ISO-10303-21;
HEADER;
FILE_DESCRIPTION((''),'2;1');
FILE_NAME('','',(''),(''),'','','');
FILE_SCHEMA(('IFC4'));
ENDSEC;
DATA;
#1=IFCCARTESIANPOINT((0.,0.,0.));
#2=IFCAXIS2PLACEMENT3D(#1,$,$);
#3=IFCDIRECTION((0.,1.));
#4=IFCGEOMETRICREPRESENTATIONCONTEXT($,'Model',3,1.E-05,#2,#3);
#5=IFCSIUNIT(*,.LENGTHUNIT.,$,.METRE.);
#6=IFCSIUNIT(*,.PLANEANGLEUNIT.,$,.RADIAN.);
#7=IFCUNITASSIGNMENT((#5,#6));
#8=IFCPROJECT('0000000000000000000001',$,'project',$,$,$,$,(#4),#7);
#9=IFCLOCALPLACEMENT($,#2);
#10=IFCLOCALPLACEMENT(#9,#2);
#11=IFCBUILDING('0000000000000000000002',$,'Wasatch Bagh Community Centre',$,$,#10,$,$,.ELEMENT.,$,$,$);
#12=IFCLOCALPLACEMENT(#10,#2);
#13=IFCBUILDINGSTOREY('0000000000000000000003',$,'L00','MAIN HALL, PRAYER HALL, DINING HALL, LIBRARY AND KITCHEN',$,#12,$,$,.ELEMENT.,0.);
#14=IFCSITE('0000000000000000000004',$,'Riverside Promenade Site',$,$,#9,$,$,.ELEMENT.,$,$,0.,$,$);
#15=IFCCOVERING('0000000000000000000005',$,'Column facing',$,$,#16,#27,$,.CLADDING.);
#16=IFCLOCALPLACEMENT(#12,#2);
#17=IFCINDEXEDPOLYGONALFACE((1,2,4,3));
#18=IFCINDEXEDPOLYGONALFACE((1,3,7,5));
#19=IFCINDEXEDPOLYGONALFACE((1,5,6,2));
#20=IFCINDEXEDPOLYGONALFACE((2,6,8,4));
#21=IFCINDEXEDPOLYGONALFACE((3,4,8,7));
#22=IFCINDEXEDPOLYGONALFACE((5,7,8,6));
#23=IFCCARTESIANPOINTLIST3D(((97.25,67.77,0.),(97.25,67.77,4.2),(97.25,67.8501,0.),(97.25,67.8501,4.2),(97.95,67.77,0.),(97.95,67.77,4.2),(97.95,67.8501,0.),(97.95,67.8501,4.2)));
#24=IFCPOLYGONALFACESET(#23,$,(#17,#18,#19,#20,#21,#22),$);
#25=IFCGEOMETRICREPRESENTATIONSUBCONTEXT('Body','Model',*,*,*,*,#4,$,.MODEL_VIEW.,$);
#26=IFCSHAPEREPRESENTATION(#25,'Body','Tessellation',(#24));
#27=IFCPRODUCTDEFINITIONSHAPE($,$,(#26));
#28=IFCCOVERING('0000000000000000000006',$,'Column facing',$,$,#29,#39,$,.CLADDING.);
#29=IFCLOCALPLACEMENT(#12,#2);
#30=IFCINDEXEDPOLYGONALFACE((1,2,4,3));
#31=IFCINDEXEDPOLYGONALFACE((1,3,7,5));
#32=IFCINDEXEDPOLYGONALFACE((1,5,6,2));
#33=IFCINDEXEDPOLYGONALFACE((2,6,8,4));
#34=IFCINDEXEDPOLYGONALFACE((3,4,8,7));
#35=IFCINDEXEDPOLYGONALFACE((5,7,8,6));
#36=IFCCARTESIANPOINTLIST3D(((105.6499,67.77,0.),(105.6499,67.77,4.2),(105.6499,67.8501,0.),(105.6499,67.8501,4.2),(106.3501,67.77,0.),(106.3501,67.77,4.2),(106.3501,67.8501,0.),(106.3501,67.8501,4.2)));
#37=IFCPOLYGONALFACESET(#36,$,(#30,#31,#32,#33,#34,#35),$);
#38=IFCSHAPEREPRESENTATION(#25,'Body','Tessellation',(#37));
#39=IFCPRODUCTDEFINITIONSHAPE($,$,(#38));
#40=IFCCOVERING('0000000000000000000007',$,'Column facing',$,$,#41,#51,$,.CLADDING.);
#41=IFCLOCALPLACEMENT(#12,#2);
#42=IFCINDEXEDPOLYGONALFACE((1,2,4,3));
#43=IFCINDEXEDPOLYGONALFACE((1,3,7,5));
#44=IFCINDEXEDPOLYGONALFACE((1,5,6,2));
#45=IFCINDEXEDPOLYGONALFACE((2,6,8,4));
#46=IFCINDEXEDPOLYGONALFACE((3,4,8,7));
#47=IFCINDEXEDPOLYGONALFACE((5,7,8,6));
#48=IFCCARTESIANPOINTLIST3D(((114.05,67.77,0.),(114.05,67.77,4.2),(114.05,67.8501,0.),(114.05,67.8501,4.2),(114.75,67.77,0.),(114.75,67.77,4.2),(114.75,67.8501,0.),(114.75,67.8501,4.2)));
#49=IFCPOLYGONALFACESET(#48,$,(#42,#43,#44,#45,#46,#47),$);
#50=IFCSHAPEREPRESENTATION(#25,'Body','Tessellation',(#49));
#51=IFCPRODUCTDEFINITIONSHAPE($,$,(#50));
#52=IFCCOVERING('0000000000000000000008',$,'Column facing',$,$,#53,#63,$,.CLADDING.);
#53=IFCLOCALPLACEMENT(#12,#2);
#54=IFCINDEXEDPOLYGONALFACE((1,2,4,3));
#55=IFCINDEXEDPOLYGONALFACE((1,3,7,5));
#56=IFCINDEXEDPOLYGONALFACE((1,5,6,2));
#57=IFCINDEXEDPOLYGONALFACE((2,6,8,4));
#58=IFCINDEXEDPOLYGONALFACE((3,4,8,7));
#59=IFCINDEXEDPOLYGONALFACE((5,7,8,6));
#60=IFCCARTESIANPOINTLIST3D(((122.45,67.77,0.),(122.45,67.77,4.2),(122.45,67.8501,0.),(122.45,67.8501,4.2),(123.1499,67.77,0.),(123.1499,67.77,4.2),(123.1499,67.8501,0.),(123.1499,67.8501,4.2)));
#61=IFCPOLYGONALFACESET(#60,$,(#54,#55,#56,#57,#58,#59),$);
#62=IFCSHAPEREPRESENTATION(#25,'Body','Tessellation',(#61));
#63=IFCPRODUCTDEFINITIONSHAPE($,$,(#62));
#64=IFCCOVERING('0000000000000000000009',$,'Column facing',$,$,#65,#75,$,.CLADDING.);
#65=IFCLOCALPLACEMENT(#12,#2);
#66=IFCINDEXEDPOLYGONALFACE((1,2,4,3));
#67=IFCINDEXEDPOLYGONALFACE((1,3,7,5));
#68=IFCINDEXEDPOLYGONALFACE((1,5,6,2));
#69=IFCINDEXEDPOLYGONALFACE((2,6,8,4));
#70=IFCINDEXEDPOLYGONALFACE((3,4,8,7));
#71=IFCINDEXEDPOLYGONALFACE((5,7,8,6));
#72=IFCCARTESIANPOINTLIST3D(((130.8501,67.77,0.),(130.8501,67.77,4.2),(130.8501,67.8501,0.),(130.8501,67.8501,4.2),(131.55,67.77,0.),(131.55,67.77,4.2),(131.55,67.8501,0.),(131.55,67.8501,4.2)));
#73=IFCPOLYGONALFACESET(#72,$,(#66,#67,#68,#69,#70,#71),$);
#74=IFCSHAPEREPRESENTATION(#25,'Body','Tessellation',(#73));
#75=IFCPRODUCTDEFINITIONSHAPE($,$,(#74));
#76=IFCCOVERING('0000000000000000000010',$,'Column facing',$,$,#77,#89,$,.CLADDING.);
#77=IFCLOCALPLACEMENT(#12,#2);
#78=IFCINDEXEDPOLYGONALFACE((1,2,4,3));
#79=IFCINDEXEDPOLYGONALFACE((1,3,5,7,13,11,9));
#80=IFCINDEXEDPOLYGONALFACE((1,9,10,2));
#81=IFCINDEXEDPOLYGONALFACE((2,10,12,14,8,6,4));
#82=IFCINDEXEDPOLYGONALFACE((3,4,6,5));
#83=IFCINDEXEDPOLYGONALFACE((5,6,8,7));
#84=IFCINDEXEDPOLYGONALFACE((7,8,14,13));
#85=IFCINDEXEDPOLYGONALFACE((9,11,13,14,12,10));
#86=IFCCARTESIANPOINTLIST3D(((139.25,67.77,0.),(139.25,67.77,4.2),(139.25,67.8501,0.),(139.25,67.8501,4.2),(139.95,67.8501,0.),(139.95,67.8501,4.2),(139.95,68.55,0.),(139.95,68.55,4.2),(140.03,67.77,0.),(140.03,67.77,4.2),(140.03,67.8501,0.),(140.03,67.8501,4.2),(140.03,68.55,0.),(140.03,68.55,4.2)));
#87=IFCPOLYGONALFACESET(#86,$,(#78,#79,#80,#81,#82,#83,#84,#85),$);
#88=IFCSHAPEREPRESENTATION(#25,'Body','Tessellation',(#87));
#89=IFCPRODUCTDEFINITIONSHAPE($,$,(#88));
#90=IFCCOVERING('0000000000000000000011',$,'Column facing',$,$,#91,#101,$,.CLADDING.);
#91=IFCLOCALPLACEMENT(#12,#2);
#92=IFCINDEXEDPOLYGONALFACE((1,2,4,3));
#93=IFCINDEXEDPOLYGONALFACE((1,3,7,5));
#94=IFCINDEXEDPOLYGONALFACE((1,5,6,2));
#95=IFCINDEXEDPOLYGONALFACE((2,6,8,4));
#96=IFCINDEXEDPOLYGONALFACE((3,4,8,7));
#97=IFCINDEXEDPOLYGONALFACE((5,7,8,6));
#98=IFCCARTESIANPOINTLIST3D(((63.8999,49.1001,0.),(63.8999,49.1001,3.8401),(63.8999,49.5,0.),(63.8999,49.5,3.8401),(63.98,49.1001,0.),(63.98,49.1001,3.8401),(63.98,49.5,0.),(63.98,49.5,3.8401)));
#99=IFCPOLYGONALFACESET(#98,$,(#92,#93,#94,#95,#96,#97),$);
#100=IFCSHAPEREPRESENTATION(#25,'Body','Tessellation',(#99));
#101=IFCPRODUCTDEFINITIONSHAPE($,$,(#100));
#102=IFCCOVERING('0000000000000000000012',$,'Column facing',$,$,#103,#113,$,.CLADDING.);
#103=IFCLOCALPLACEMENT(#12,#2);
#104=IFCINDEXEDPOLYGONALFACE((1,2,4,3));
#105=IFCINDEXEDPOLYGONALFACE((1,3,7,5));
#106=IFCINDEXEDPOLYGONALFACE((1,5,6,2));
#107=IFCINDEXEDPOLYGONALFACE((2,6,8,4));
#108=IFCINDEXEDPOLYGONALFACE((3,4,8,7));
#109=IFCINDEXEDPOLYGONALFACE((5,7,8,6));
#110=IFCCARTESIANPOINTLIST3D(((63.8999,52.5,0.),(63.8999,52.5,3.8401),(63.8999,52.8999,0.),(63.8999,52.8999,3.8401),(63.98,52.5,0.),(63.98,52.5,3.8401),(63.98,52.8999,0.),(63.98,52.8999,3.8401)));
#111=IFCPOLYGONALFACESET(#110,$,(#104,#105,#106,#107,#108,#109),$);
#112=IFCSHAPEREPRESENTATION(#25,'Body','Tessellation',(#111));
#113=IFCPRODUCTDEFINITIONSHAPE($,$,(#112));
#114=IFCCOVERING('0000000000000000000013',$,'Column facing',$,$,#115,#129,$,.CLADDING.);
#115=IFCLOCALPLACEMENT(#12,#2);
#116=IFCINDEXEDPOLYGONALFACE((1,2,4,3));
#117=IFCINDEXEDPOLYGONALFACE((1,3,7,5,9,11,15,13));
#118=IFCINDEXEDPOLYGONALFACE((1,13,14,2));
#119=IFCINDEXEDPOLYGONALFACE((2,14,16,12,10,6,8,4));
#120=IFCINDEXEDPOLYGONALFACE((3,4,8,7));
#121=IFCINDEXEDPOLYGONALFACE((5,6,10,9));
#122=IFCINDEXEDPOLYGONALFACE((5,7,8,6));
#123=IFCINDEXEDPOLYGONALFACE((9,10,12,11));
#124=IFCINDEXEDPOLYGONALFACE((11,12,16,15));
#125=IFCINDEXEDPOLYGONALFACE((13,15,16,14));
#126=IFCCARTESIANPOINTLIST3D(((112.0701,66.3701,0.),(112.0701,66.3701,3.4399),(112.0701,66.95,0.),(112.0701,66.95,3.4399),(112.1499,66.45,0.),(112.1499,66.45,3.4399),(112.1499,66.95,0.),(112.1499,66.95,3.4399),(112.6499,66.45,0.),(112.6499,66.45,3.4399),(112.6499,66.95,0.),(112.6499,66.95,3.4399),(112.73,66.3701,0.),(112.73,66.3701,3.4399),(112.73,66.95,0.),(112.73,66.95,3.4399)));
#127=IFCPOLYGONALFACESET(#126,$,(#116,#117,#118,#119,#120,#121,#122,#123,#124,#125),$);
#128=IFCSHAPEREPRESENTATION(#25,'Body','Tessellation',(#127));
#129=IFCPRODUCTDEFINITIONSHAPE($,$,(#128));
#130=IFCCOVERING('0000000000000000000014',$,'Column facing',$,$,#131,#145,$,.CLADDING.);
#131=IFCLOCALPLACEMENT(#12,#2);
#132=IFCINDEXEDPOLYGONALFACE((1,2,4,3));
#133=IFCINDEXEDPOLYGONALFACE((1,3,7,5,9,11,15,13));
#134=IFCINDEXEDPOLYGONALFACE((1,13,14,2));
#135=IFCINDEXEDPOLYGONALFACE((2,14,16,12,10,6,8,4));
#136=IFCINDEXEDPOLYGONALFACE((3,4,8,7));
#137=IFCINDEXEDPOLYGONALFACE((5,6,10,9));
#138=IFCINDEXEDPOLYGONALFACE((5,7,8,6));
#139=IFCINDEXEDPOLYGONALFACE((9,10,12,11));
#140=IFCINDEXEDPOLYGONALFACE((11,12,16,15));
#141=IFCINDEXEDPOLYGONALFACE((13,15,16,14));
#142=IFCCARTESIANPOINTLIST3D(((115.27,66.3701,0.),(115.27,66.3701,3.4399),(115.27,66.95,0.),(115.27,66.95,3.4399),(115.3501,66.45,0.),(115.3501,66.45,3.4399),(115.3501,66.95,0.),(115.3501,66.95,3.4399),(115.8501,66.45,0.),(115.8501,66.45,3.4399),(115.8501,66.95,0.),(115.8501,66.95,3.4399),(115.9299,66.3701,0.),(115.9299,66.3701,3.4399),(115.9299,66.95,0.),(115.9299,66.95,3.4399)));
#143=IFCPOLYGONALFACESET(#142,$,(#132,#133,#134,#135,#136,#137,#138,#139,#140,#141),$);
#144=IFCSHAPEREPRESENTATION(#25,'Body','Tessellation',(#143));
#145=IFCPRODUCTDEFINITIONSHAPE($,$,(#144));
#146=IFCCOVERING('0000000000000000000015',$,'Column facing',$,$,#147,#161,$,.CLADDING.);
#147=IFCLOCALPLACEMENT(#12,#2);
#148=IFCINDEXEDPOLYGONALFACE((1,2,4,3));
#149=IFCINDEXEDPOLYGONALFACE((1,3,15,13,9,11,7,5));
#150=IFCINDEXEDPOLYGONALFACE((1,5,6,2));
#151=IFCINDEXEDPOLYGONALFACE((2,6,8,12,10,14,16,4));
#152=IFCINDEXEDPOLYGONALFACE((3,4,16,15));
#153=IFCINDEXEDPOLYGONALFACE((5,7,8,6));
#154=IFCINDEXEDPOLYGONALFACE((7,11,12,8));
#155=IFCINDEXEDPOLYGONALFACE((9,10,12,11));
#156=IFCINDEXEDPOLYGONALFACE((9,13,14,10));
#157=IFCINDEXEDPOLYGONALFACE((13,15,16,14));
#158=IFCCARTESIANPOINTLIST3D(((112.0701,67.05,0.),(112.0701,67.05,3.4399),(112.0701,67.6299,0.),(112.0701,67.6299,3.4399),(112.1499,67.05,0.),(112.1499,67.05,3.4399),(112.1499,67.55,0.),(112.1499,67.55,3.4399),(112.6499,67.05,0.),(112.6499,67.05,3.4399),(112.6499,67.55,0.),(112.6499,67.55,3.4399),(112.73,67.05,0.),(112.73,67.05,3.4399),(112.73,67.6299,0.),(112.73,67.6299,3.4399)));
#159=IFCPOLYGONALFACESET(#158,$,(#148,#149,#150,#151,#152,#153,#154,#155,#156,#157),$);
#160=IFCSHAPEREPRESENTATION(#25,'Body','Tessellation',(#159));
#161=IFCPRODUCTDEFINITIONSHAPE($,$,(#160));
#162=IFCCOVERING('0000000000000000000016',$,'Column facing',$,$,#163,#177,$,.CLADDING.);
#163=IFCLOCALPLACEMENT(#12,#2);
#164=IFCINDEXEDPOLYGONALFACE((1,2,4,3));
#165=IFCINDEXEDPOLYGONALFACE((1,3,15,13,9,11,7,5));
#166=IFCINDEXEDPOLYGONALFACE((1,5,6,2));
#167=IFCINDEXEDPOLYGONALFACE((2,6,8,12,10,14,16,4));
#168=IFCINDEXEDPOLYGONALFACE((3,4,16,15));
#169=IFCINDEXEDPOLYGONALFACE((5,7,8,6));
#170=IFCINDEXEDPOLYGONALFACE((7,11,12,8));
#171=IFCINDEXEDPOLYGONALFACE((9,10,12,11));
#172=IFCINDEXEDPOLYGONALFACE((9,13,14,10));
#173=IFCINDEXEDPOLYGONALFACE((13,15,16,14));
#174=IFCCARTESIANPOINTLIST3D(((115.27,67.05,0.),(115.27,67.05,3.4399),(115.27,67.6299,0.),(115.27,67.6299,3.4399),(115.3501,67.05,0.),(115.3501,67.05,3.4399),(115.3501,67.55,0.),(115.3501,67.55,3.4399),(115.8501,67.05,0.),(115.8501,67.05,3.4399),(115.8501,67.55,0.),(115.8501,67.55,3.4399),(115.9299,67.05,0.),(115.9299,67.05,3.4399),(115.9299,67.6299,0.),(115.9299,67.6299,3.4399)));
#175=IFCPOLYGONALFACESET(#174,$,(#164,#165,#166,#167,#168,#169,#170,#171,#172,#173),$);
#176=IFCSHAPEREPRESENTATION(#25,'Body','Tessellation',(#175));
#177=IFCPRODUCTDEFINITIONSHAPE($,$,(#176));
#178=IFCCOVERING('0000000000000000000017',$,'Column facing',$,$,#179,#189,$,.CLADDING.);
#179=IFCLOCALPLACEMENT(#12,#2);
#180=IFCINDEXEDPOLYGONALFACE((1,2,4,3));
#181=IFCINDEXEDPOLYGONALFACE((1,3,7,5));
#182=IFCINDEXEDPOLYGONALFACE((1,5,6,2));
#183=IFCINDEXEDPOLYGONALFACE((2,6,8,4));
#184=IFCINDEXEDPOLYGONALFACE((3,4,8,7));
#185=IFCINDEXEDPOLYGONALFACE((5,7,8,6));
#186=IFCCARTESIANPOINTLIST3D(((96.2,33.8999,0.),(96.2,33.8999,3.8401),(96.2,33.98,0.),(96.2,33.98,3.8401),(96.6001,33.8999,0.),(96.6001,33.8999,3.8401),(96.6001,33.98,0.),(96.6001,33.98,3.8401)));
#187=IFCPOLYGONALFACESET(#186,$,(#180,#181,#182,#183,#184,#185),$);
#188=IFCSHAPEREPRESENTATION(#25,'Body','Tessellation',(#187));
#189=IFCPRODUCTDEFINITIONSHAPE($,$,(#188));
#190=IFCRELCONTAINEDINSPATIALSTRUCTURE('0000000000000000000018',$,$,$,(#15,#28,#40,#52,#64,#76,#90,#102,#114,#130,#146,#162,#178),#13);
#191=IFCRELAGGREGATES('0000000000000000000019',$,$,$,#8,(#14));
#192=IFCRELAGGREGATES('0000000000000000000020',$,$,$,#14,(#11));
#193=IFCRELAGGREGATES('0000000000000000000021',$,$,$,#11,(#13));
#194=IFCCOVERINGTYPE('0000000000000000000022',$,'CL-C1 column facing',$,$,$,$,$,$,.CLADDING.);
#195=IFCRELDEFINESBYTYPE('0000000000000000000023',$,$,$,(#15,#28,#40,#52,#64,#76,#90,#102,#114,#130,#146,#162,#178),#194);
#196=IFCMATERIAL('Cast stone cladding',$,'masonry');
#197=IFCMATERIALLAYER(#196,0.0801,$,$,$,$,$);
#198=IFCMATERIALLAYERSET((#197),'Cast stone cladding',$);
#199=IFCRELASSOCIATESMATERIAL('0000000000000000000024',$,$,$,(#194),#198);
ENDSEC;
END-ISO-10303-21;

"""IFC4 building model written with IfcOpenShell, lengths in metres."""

from ifc_helpers import new_model, si_unit, direction, origin, place, context, subcontext, project, spatial, polyline, outline, extrude, material, layer, layer_set, type_object, element, save


model = new_model("IFC4")

# Units and contexts
model_context = context("Model", 3, precision=1e-05, world=origin(), true_north=direction((0.0, 1.0)))
body_context = subcontext(model_context, "Body", "Model", "MODEL_VIEW")
ifc_project = project(units=[si_unit("LENGTHUNIT", "METRE"), si_unit("PLANEANGLEUNIT", "RADIAN")], contexts=[model_context])

# Site, building, storey
site_placement = place(None, origin())
site = spatial("IfcSite", under=ifc_project, at=site_placement, Name="Riverside Promenade Site", CompositionType="ELEMENT", RefElevation=0.0)
building_placement = place(site_placement, origin())
building = spatial("IfcBuilding", under=site, at=building_placement, Name="Wasatch Bagh Community Centre", CompositionType="ELEMENT")
storey_placement = place(building_placement, origin())
storey = spatial("IfcBuildingStorey", under=building, at=storey_placement, Name="L00", Description="MAIN HALL, PRAYER HALL, DINING HALL, LIBRARY AND KITCHEN", CompositionType="ELEMENT", Elevation=0.0)

# Coverings
ifc_material = material(Name="Cast stone cladding", Category="masonry")
ifc_layer = layer(ifc_material, 0.0801)
ifc_layer_set = layer_set([ifc_layer], Name="Cast stone cladding")
covering_type = type_object("IfcCoveringType", Name="CL-C1 column facing", PredefinedType="CLADDING", material=ifc_layer_set)
covering_1_placement = place(storey_placement, origin())
element("IfcCovering", 1, at=covering_1_placement, inside=storey, type_object=covering_type, Name="Column facing", PredefinedType="CLADDING", context=body_context, shape_type="SweptSolid", body=[
    extrude(outline(polyline([(97.25, 67.8501), (97.95, 67.8501), (97.95, 67.77), (97.25, 67.77), (97.25, 67.8501)])), origin(), (0.0, 0.0, 1.0), 4.2),
])
covering_2_placement = place(storey_placement, origin())
element("IfcCovering", 2, at=covering_2_placement, inside=storey, type_object=covering_type, Name="Column facing", PredefinedType="CLADDING", context=body_context, shape_type="SweptSolid", body=[
    extrude(outline(polyline([(105.6499, 67.8501), (106.3501, 67.8501), (106.3501, 67.77), (105.6499, 67.77), (105.6499, 67.8501)])), origin(), (0.0, 0.0, 1.0), 4.2),
])
covering_3_placement = place(storey_placement, origin())
element("IfcCovering", 3, at=covering_3_placement, inside=storey, type_object=covering_type, Name="Column facing", PredefinedType="CLADDING", context=body_context, shape_type="SweptSolid", body=[
    extrude(outline(polyline([(114.05, 67.8501), (114.75, 67.8501), (114.75, 67.77), (114.05, 67.77), (114.05, 67.8501)])), origin(), (0.0, 0.0, 1.0), 4.2),
])
covering_4_placement = place(storey_placement, origin())
element("IfcCovering", 4, at=covering_4_placement, inside=storey, type_object=covering_type, Name="Column facing", PredefinedType="CLADDING", context=body_context, shape_type="SweptSolid", body=[
    extrude(outline(polyline([(122.45, 67.8501), (123.1499, 67.8501), (123.1499, 67.77), (122.45, 67.77), (122.45, 67.8501)])), origin(), (0.0, 0.0, 1.0), 4.2),
])
covering_5_placement = place(storey_placement, origin())
element("IfcCovering", 5, at=covering_5_placement, inside=storey, type_object=covering_type, Name="Column facing", PredefinedType="CLADDING", context=body_context, shape_type="SweptSolid", body=[
    extrude(outline(polyline([(130.8501, 67.8501), (131.55, 67.8501), (131.55, 67.77), (130.8501, 67.77), (130.8501, 67.8501)])), origin(), (0.0, 0.0, 1.0), 4.2),
])
covering_6_placement = place(storey_placement, origin())
element("IfcCovering", 6, at=covering_6_placement, inside=storey, type_object=covering_type, Name="Column facing", PredefinedType="CLADDING", context=body_context, shape_type="SweptSolid", body=[
    extrude(outline(polyline([(139.95, 67.8501), (139.95, 68.55), (140.03, 68.55), (140.03, 67.8501), (140.03, 67.77), (139.25, 67.77), (139.25, 67.8501), (139.95, 67.8501)])), origin(), (0.0, 0.0, 1.0), 4.2),
])
covering_7_placement = place(storey_placement, origin())
element("IfcCovering", 7, at=covering_7_placement, inside=storey, type_object=covering_type, Name="Column facing", PredefinedType="CLADDING", context=body_context, shape_type="SweptSolid", body=[
    extrude(outline(polyline([(63.8999, 49.1001), (63.8999, 49.5), (63.98, 49.5), (63.98, 49.1001), (63.8999, 49.1001)])), origin(), (0.0, 0.0, 1.0), 3.8401),
])
covering_8_placement = place(storey_placement, origin())
element("IfcCovering", 8, at=covering_8_placement, inside=storey, type_object=covering_type, Name="Column facing", PredefinedType="CLADDING", context=body_context, shape_type="SweptSolid", body=[
    extrude(outline(polyline([(63.8999, 52.5), (63.8999, 52.8999), (63.98, 52.8999), (63.98, 52.5), (63.8999, 52.5)])), origin(), (0.0, 0.0, 1.0), 3.8401),
])
covering_9_placement = place(storey_placement, origin())
element("IfcCovering", 9, at=covering_9_placement, inside=storey, type_object=covering_type, Name="Column facing", PredefinedType="CLADDING", context=body_context, shape_type="SweptSolid", body=[
    extrude(outline(polyline([(112.0701, 66.3701), (112.0701, 66.95), (112.1499, 66.95), (112.1499, 66.45), (112.6499, 66.45), (112.6499, 66.95), (112.73, 66.95), (112.73, 66.3701), (112.0701, 66.3701)])), origin(), (0.0, 0.0, 1.0), 3.4399),
])
covering_10_placement = place(storey_placement, origin())
element("IfcCovering", 10, at=covering_10_placement, inside=storey, type_object=covering_type, Name="Column facing", PredefinedType="CLADDING", context=body_context, shape_type="SweptSolid", body=[
    extrude(outline(polyline([(115.27, 66.3701), (115.27, 66.95), (115.3501, 66.95), (115.3501, 66.45), (115.8501, 66.45), (115.8501, 66.95), (115.9299, 66.95), (115.9299, 66.3701), (115.27, 66.3701)])), origin(), (0.0, 0.0, 1.0), 3.4399),
])
covering_11_placement = place(storey_placement, origin())
element("IfcCovering", 11, at=covering_11_placement, inside=storey, type_object=covering_type, Name="Column facing", PredefinedType="CLADDING", context=body_context, shape_type="SweptSolid", body=[
    extrude(outline(polyline([(112.0701, 67.05), (112.0701, 67.6299), (112.73, 67.6299), (112.73, 67.05), (112.6499, 67.05), (112.6499, 67.55), (112.1499, 67.55), (112.1499, 67.05), (112.0701, 67.05)])), origin(), (0.0, 0.0, 1.0), 3.4399),
])
covering_12_placement = place(storey_placement, origin())
element("IfcCovering", 12, at=covering_12_placement, inside=storey, type_object=covering_type, Name="Column facing", PredefinedType="CLADDING", context=body_context, shape_type="SweptSolid", body=[
    extrude(outline(polyline([(115.27, 67.05), (115.27, 67.6299), (115.9299, 67.6299), (115.9299, 67.05), (115.8501, 67.05), (115.8501, 67.55), (115.3501, 67.55), (115.3501, 67.05), (115.27, 67.05)])), origin(), (0.0, 0.0, 1.0), 3.4399),
])
covering_13_placement = place(storey_placement, origin())
element("IfcCovering", 13, at=covering_13_placement, inside=storey, type_object=covering_type, Name="Column facing", PredefinedType="CLADDING", context=body_context, shape_type="SweptSolid", body=[
    extrude(outline(polyline([(96.6001, 33.8999), (96.2, 33.8999), (96.2, 33.98), (96.6001, 33.98), (96.6001, 33.8999)])), origin(), (0.0, 0.0, 1.0), 3.8401),
])

save(model, "model.ifc")
